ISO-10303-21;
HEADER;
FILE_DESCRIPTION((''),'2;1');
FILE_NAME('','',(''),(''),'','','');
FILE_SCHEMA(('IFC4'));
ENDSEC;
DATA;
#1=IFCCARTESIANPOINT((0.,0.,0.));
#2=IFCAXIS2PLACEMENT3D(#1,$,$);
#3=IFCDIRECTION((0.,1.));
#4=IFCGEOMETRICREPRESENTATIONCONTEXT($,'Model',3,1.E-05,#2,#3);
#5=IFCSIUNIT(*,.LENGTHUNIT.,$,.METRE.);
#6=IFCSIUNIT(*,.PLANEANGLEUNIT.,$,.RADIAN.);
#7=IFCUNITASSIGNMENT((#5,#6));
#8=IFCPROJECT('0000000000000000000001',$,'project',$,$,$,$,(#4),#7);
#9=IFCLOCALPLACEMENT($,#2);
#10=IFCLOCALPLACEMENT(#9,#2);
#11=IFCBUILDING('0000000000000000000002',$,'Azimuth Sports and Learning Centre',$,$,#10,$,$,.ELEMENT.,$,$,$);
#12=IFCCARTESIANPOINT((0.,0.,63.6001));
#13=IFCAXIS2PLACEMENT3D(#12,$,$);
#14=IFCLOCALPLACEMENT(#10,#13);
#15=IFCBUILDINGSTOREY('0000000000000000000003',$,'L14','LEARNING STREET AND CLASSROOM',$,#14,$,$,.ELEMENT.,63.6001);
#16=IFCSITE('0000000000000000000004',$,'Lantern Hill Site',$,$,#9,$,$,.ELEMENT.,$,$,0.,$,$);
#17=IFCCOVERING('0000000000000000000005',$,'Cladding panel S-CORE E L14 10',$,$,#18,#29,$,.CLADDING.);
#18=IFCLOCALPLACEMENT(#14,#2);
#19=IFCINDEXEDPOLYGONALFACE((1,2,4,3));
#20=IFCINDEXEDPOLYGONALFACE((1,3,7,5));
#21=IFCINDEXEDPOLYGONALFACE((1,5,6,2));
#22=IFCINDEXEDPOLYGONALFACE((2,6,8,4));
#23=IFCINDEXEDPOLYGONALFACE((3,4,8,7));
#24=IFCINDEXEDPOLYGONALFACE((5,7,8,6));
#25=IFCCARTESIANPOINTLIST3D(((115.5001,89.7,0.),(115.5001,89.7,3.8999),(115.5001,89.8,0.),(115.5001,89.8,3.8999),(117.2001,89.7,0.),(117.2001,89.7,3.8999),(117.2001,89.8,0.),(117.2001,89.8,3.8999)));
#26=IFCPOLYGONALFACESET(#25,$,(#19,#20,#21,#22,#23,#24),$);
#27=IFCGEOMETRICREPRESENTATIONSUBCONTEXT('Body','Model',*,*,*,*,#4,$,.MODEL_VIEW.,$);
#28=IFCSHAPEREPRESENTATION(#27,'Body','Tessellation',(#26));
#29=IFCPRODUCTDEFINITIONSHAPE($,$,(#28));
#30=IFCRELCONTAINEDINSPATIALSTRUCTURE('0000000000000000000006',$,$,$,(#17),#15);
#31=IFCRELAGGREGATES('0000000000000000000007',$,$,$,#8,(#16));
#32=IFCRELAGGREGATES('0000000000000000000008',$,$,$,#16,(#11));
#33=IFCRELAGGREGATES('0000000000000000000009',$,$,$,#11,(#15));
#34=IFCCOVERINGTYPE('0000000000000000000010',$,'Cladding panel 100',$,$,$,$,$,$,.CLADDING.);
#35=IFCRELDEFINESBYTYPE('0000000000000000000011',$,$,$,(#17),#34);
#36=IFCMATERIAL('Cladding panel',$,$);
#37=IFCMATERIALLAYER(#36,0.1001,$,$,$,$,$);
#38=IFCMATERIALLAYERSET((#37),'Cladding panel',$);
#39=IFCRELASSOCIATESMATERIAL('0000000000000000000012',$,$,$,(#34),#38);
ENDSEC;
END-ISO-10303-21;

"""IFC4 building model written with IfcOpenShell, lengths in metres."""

from ifc_helpers import new_model, si_unit, direction, frame, origin, origin_2d, place, context, subcontext, project, spatial, rectangle, extrude, material, layer, layer_set, type_object, element, save


model = new_model("IFC4")

# Units and contexts
model_context = context("Model", 3, precision=1e-05, world=origin(), true_north=direction((0.0, 1.0)))
body_context = subcontext(model_context, "Body", "Model", "MODEL_VIEW")
ifc_project = project(units=[si_unit("LENGTHUNIT", "METRE"), si_unit("PLANEANGLEUNIT", "RADIAN")], contexts=[model_context])

# Site, building, storey
site_placement = place(None, origin())
site = spatial("IfcSite", under=ifc_project, at=site_placement, Name="Lantern Hill Site", CompositionType="ELEMENT", RefElevation=0.0)
building_placement = place(site_placement, origin())
building = spatial("IfcBuilding", under=site, at=building_placement, Name="Azimuth Sports and Learning Centre", CompositionType="ELEMENT")
storey_placement = place(building_placement, frame((0.0, 0.0, 63.6001)))
storey = spatial("IfcBuildingStorey", under=building, at=storey_placement, Name="L14", Description="LEARNING STREET AND CLASSROOM", CompositionType="ELEMENT", Elevation=63.6001)

# Covering
ifc_material_1 = material(Name="Cladding panel")
ifc_layer_1 = layer(ifc_material_1, 0.1001)
ifc_layer_set_1 = layer_set([ifc_layer_1], Name="Cladding panel")
covering_type = type_object("IfcCoveringType", Name="Cladding panel 100", PredefinedType="CLADDING", material=ifc_layer_set_1)
covering_1_placement = place(storey_placement, frame((116.3501, 89.75, 0.0), z_axis=(0.0, 0.0, 1.0), x_axis=(1.0, 0.0, 0.0)))
element("IfcCovering", 1, at=covering_1_placement, inside=storey, type_object=covering_type, Name="Cladding panel S-CORE E L14 10", PredefinedType="CLADDING", context=body_context, shape_type="SweptSolid", body=[
    extrude(rectangle(XDim=1.7, YDim=0.1001, at=origin_2d()), origin(), (0.0, 0.0, 1.0), 3.8999),
])

save(model, "model.ifc")
